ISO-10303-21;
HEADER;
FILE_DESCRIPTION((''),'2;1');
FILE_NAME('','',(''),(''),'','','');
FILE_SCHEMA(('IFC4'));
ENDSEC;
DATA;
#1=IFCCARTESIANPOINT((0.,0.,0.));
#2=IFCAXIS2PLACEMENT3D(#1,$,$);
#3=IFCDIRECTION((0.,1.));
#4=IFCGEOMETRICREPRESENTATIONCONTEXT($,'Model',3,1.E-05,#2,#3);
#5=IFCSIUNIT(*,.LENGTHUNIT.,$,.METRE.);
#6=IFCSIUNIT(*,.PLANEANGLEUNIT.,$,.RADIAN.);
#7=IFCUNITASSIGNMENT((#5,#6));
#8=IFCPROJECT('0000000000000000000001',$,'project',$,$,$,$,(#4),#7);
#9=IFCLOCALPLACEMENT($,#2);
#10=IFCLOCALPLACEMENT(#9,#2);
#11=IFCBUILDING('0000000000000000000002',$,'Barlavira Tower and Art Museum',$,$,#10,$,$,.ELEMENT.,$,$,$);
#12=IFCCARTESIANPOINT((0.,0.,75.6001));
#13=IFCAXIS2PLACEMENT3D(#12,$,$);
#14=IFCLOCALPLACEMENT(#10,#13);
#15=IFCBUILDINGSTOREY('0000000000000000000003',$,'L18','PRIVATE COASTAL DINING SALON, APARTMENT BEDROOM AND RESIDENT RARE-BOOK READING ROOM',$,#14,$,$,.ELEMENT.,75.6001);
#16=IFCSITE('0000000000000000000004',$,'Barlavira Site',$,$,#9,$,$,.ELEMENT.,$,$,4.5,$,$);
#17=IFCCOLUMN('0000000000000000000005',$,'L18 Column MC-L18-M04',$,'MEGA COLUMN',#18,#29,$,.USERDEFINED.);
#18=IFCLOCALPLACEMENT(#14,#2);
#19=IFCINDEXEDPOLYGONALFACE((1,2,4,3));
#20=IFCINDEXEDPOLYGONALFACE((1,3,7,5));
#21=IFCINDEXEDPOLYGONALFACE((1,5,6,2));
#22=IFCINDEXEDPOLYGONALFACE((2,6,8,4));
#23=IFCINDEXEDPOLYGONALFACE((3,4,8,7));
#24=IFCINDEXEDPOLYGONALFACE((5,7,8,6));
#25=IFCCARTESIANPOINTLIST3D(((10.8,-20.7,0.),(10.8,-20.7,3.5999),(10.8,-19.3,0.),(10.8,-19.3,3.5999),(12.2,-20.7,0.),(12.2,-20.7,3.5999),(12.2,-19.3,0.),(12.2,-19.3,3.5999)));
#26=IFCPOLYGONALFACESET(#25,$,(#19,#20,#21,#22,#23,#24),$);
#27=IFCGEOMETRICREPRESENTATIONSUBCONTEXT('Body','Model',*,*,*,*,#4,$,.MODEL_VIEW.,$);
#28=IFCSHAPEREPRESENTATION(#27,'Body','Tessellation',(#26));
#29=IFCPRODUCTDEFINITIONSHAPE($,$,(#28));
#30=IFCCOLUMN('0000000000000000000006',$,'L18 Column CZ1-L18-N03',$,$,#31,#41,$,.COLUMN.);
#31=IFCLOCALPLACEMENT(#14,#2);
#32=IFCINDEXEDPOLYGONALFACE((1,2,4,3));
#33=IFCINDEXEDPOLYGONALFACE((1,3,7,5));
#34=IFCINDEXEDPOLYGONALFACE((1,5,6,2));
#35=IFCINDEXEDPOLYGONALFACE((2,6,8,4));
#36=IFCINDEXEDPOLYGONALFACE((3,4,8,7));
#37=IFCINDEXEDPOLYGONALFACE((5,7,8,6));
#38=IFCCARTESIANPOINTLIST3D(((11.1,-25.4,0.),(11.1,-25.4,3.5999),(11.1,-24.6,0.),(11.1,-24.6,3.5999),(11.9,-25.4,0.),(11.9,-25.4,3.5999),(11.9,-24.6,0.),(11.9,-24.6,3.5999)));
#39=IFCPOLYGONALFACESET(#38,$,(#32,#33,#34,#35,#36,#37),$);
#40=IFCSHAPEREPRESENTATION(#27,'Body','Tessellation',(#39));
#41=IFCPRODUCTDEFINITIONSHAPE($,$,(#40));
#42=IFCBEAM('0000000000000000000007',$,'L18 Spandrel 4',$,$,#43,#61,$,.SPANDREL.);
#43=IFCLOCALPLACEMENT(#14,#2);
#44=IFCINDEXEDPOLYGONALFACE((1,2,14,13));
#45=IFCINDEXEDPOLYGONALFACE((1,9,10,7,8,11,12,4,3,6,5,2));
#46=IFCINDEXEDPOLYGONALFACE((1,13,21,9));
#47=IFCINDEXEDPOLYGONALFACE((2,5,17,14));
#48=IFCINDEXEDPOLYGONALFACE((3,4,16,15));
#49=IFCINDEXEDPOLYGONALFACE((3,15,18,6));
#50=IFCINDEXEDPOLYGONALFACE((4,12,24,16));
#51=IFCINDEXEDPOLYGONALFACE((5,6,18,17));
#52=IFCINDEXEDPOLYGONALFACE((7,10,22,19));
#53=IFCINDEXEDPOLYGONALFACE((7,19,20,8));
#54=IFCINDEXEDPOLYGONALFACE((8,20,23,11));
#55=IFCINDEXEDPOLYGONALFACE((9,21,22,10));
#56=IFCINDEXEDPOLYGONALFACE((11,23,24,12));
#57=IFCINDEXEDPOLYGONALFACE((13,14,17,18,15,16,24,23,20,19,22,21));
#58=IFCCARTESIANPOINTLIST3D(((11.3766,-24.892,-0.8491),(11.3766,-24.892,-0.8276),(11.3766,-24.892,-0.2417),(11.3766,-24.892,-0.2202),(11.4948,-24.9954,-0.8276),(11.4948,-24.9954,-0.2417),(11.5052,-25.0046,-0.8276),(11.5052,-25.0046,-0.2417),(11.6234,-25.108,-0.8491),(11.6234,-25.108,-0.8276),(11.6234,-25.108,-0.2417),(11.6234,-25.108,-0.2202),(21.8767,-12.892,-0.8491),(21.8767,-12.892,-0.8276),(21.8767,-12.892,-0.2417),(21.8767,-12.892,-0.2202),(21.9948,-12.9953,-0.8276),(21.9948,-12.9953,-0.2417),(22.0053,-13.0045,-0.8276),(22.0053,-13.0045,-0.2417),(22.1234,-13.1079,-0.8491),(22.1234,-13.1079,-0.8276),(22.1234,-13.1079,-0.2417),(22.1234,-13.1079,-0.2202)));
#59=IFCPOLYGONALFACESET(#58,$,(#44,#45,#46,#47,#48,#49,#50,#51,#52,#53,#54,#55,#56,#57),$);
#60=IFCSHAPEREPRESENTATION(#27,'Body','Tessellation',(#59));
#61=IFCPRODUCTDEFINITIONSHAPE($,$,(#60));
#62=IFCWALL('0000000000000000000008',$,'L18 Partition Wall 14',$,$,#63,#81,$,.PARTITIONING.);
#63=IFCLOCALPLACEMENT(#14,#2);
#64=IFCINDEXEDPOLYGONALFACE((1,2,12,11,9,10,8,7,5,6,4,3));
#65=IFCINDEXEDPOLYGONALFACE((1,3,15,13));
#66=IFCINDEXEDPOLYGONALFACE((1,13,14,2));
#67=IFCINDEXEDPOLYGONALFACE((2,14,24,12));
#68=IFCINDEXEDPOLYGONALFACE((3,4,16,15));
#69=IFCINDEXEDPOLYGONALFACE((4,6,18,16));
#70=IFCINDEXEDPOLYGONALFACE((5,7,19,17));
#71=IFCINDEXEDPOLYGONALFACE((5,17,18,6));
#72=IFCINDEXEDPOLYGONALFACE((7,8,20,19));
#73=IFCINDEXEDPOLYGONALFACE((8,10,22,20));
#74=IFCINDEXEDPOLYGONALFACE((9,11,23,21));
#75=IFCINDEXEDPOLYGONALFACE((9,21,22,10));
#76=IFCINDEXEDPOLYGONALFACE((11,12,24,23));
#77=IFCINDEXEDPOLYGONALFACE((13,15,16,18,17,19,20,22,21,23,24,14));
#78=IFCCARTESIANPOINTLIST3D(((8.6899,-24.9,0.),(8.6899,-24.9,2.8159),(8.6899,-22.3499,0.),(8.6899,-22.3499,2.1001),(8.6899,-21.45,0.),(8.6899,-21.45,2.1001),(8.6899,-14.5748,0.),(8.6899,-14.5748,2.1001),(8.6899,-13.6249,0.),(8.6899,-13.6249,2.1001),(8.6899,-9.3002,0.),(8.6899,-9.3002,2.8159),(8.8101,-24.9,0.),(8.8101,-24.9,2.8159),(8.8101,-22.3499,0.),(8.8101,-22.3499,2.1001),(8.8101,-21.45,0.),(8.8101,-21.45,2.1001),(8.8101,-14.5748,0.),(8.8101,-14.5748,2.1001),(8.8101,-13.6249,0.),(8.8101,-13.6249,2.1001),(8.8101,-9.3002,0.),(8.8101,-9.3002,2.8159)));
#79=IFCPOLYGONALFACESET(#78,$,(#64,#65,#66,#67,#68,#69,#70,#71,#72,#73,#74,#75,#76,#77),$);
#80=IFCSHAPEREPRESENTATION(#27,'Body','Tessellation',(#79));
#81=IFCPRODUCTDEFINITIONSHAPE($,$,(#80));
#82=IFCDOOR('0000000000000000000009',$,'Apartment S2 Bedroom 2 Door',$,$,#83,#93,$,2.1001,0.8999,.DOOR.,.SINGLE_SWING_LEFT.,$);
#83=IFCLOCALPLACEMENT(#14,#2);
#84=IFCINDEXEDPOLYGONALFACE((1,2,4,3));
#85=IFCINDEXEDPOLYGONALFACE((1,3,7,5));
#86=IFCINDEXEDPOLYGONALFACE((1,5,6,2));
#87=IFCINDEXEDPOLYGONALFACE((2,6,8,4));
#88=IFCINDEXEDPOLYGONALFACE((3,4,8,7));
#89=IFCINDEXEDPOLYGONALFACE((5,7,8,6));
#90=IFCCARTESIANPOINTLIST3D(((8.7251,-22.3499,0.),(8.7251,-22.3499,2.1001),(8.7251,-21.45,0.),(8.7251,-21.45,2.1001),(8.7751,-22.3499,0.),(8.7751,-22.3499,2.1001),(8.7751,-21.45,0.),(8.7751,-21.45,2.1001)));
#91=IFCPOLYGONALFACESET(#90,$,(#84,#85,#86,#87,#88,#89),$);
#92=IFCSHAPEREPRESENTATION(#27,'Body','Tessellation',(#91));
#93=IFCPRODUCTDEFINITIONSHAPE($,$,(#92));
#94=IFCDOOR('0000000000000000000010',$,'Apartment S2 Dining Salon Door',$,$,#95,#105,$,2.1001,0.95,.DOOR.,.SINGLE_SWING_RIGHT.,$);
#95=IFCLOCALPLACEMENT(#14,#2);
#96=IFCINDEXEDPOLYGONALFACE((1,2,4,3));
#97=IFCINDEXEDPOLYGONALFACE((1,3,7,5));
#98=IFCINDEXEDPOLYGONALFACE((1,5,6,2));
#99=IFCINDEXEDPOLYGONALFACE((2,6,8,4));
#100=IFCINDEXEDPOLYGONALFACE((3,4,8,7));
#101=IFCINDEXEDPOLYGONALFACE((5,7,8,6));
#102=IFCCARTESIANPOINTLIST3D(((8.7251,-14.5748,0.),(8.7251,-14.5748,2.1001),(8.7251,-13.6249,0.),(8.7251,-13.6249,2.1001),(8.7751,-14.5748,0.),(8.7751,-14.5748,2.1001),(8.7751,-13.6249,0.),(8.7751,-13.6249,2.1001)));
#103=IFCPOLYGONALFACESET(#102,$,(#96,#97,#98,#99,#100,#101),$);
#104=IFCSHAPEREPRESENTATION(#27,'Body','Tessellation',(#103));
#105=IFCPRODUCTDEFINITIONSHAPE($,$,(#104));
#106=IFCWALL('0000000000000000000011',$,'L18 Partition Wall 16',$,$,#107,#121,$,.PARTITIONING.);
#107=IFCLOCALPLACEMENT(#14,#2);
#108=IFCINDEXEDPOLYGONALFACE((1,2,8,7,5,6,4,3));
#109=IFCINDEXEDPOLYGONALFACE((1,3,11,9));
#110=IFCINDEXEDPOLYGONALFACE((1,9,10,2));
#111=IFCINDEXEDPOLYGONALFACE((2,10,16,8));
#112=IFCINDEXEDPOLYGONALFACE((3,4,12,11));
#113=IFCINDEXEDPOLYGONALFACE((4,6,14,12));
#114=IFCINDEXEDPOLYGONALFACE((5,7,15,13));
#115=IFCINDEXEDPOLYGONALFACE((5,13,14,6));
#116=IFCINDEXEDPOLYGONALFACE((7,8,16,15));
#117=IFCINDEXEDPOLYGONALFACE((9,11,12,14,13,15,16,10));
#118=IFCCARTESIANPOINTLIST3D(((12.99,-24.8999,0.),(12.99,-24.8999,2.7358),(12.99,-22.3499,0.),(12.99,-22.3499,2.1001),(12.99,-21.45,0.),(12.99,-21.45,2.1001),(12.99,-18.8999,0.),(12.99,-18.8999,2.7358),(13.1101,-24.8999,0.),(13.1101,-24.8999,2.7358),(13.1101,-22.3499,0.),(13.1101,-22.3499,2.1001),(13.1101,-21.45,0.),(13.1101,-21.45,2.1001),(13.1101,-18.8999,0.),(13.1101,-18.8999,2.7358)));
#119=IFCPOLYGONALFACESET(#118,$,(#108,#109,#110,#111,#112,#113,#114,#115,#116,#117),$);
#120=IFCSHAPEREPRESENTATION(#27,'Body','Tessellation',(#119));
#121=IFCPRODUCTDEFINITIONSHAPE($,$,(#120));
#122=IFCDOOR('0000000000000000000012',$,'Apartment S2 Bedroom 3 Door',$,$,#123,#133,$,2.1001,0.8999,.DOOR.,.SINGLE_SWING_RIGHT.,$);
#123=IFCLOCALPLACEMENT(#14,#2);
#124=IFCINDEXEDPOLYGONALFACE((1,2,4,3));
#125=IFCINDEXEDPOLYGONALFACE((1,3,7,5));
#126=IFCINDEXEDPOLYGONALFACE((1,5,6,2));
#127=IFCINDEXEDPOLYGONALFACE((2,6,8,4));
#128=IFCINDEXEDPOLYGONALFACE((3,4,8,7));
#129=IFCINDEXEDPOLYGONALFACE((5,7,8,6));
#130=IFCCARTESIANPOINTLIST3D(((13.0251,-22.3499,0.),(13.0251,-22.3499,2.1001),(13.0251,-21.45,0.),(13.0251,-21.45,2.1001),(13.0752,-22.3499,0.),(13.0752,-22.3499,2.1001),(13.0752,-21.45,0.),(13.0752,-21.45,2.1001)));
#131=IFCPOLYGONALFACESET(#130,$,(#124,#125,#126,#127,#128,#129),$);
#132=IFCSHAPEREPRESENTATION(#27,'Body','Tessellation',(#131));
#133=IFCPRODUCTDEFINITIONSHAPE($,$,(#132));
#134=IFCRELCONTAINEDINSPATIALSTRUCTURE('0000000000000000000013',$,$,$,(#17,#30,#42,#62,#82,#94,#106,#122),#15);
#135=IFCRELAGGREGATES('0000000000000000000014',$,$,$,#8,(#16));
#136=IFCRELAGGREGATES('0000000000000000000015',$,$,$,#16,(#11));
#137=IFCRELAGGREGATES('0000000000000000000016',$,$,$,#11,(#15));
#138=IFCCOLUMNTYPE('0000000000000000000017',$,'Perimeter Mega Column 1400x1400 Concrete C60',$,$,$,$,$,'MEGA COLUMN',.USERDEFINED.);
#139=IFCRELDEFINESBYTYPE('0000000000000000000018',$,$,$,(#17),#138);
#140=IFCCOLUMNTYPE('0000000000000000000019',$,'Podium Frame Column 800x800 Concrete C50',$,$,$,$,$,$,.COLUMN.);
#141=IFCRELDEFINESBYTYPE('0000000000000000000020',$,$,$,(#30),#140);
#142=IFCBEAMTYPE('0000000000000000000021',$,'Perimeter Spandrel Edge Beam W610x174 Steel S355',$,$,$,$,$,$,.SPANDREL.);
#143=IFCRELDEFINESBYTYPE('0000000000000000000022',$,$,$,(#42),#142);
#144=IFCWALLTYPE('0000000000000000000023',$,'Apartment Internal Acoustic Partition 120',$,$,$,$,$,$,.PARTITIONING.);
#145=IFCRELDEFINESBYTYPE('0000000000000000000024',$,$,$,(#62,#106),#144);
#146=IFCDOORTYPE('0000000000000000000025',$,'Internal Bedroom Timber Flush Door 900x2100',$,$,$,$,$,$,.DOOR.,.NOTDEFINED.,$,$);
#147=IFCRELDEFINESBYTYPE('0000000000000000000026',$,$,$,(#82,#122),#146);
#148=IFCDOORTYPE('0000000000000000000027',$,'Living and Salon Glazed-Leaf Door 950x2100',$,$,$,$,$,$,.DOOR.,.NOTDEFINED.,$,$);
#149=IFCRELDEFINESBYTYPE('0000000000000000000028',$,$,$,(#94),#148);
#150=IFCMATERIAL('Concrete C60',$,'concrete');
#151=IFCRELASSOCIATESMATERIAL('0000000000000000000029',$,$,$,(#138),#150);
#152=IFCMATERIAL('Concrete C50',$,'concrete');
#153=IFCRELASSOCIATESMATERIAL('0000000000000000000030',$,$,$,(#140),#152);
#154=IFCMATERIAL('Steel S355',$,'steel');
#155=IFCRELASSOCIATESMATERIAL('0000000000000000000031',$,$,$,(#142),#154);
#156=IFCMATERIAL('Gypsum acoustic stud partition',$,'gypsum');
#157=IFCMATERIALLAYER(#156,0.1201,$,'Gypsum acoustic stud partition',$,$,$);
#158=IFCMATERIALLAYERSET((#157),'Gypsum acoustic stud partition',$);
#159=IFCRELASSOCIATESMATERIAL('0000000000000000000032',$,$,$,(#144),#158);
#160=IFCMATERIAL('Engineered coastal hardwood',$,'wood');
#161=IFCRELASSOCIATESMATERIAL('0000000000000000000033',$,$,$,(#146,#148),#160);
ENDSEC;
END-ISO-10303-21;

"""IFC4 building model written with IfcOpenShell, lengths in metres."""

from ifc_helpers import new_model, si_unit, direction, frame, frame_2d, origin, origin_2d, place, context, subcontext, project, spatial, rectangle, i_section, extrude, material, layer, layer_set, material_profile, profile_set, type_object, element, fill, save


model = new_model("IFC4")

# Units and contexts
model_context = context("Model", 3, precision=1e-05, world=origin(), true_north=direction((0.0, 1.0)))
body_context = subcontext(model_context, "Body", "Model", "MODEL_VIEW")
ifc_project = project(units=[si_unit("LENGTHUNIT", "METRE"), si_unit("PLANEANGLEUNIT", "RADIAN")], contexts=[model_context])

# Site, building, storey
site_placement = place(None, origin())
site = spatial("IfcSite", under=ifc_project, at=site_placement, Name="Barlavira Site", CompositionType="ELEMENT", RefElevation=4.5)
building_placement = place(site_placement, origin())
building = spatial("IfcBuilding", under=site, at=building_placement, Name="Barlavira Tower and Art Museum", CompositionType="ELEMENT")
storey_placement = place(building_placement, frame((0.0, 0.0, 75.6001)))
storey = spatial("IfcBuildingStorey", under=building, at=storey_placement, Name="L18", Description="PRIVATE COASTAL DINING SALON, APARTMENT BEDROOM AND RESIDENT RARE-BOOK READING ROOM", CompositionType="ELEMENT", Elevation=75.6001)

# Columns
ifc_material_1 = material(Name="Concrete C60", Category="concrete")
ifc_material_profile_1 = material_profile(ifc_material_1, rectangle(XDim=1.3999, YDim=1.3999, at=origin_2d()), Name="RC-MCOL 1400x1400")
ifc_profile_set_1 = profile_set([ifc_material_profile_1], Name="Concrete C60")
column_type_1 = type_object("IfcColumnType", Name="Perimeter Mega Column 1400x1400 Concrete C60", ElementType="MEGA COLUMN", PredefinedType="USERDEFINED", material=ifc_profile_set_1)
column_1_placement = place(storey_placement, frame((11.5, -20.0, 0.0), z_axis=(0.0, 0.0, 1.0), x_axis=(1.0, 0.0, 0.0)))
element("IfcColumn", 1, at=column_1_placement, inside=storey, type_object=column_type_1, Name="L18 Column MC-L18-M04", ObjectType="MEGA COLUMN", PredefinedType="USERDEFINED", context=body_context, shape_type="SweptSolid", body=[
    extrude(rectangle(XDim=1.3999, YDim=1.3999, at=origin_2d()), origin(), (0.0, 0.0, 1.0), 3.5999),
])
ifc_material_2 = material(Name="Concrete C50", Category="concrete")
ifc_material_profile_2 = material_profile(ifc_material_2, rectangle(XDim=0.8, YDim=0.8, at=origin_2d()), Name="RC-COL 800x800")
ifc_profile_set_2 = profile_set([ifc_material_profile_2], Name="Concrete C50")
column_type_2 = type_object("IfcColumnType", Name="Podium Frame Column 800x800 Concrete C50", PredefinedType="COLUMN", material=ifc_profile_set_2)
column_2_placement = place(storey_placement, frame((11.5, -25.0, 0.0), z_axis=(0.0, 0.0, 1.0), x_axis=(1.0, 0.0, 0.0)))
element("IfcColumn", 2, at=column_2_placement, inside=storey, type_object=column_type_2, Name="L18 Column CZ1-L18-N03", PredefinedType="COLUMN", context=body_context, shape_type="SweptSolid", body=[
    extrude(rectangle(XDim=0.8, YDim=0.8, at=origin_2d()), origin(), (0.0, 0.0, 1.0), 3.5999),
])

# Beam
ifc_material_3 = material(Name="Steel S355", Category="steel")
ifc_material_profile_3 = material_profile(ifc_material_3, i_section(OverallWidth=0.3279, OverallDepth=0.6289, WebThickness=0.0139, FlangeThickness=0.0215, at=origin_2d()), Name="W610x174.0")
ifc_profile_set_3 = profile_set([ifc_material_profile_3], Name="Steel S355")
beam_type = type_object("IfcBeamType", Name="Perimeter Spandrel Edge Beam W610x174 Steel S355", PredefinedType="SPANDREL", material=ifc_profile_set_3)
beam_placement = place(storey_placement, frame((11.5, -25.0, -0.5347), z_axis=(0.658505, 0.752577, 0.0), x_axis=(-0.752577, 0.658505, 0.0)))
element("IfcBeam", 3, at=beam_placement, inside=storey, type_object=beam_type, Name="L18 Spandrel 4", PredefinedType="SPANDREL", context=body_context, shape_type="SweptSolid", body=[
    extrude(i_section(OverallWidth=0.3279, OverallDepth=0.6289, WebThickness=0.0139, FlangeThickness=0.0215, at=origin_2d()), origin(), (0.0, 0.0, 1.0), 15.9453),
])

# Wall, openings, doors
ifc_material_4 = material(Name="Gypsum acoustic stud partition", Category="gypsum")
ifc_layer_1 = layer(ifc_material_4, 0.1201, Name="Gypsum acoustic stud partition")
ifc_layer_set_1 = layer_set([ifc_layer_1], Name="Gypsum acoustic stud partition")
wall_type_1 = type_object("IfcWallType", Name="Apartment Internal Acoustic Partition 120", PredefinedType="PARTITIONING", material=ifc_layer_set_1)
wall_1_placement = place(storey_placement, frame((8.75, -24.8999, 0.0), z_axis=(0.0, 0.0, 1.0), x_axis=(0.0, 1.0, 0.0)))
wall_1 = element("IfcWall", 4, at=wall_1_placement, inside=storey, type_object=wall_type_1, Name="L18 Partition Wall 14", PredefinedType="PARTITIONING", context=body_context, shape_type="SweptSolid", body=[
    extrude(rectangle(XDim=15.5999, YDim=0.1201, at=frame_2d((7.7998, 0.0))), origin(), (0.0, 0.0, 1.0), 2.8159),
])
opening_1_placement = place(wall_1_placement, frame((10.325, 0.0, 0.0)))
opening_1 = element("IfcOpeningElement", 5, at=opening_1_placement, cuts=wall_1, PredefinedType="OPENING", context=body_context, shape_type="SweptSolid", body=[
    extrude(rectangle(XDim=0.95, YDim=2.1001, at=frame_2d((0.4751, 1.05))), frame((0.0, 0.0701, 0.0), z_axis=(0.0, -1.0, 0.0), x_axis=(1.0, 0.0, 0.0)), (0.0, 0.0, 1.0), 0.1401),
])
opening_2_placement = place(wall_1_placement, frame((2.55, 0.0, 0.0)))
opening_2 = element("IfcOpeningElement", 6, at=opening_2_placement, cuts=wall_1, PredefinedType="OPENING", context=body_context, shape_type="SweptSolid", body=[
    extrude(rectangle(XDim=0.8999, YDim=2.1001, at=frame_2d((0.45, 1.05))), frame((0.0, 0.0701, 0.0), z_axis=(0.0, -1.0, 0.0), x_axis=(1.0, 0.0, 0.0)), (0.0, 0.0, 1.0), 0.1401),
])
ifc_material_5 = material(Name="Engineered coastal hardwood", Category="wood")
door_type_1 = type_object("IfcDoorType", Name="Internal Bedroom Timber Flush Door 900x2100", OperationType="NOTDEFINED", PredefinedType="DOOR", material=ifc_material_5)
door_1_placement = place(opening_2_placement, origin())
door_1 = element("IfcDoor", 7, at=door_1_placement, inside=storey, type_object=door_type_1, Name="Apartment S2 Bedroom 2 Door", OperationType="SINGLE_SWING_LEFT", OverallHeight=2.1001, OverallWidth=0.8999, PredefinedType="DOOR", context=body_context, shape_type="SweptSolid", body=[
    extrude(rectangle(XDim=0.8999, YDim=2.1001, at=frame_2d((0.45, 1.05))), frame((0.0, 0.0249, 0.0), z_axis=(0.0, -1.0, 0.0), x_axis=(1.0, 0.0, 0.0)), (0.0, 0.0, 1.0), 0.05),
])
fill(opening_2, door_1)
door_type_2 = type_object("IfcDoorType", Name="Living and Salon Glazed-Leaf Door 950x2100", OperationType="NOTDEFINED", PredefinedType="DOOR", material=ifc_material_5)
door_2_placement = place(opening_1_placement, origin())
door_2 = element("IfcDoor", 8, at=door_2_placement, inside=storey, type_object=door_type_2, Name="Apartment S2 Dining Salon Door", OperationType="SINGLE_SWING_RIGHT", OverallHeight=2.1001, OverallWidth=0.95, PredefinedType="DOOR", context=body_context, shape_type="SweptSolid", body=[
    extrude(rectangle(XDim=0.95, YDim=2.1001, at=frame_2d((0.4751, 1.05))), frame((0.0, 0.0249, 0.0), z_axis=(0.0, -1.0, 0.0), x_axis=(1.0, 0.0, 0.0)), (0.0, 0.0, 1.0), 0.05),
])
fill(opening_1, door_2)

# Wall, opening, door
wall_2_placement = place(storey_placement, frame((13.05, -24.8999, 0.0), z_axis=(0.0, 0.0, 1.0), x_axis=(0.0, 1.0, 0.0)))
wall_2 = element("IfcWall", 9, at=wall_2_placement, inside=storey, type_object=wall_type_1, Name="L18 Partition Wall 16", PredefinedType="PARTITIONING", context=body_context, shape_type="SweptSolid", body=[
    extrude(rectangle(XDim=6.0, YDim=0.1201, at=frame_2d((3.0, 0.0))), origin(), (0.0, 0.0, 1.0), 2.7358),
])
opening_3_placement = place(wall_2_placement, frame((2.55, 0.0, 0.0)))
opening_3 = element("IfcOpeningElement", 10, at=opening_3_placement, cuts=wall_2, PredefinedType="OPENING", context=body_context, shape_type="SweptSolid", body=[
    extrude(rectangle(XDim=0.8999, YDim=2.1001, at=frame_2d((0.45, 1.05))), frame((0.0, 0.0701, 0.0), z_axis=(0.0, -1.0, 0.0), x_axis=(1.0, 0.0, 0.0)), (0.0, 0.0, 1.0), 0.1401),
])
door_3_placement = place(opening_3_placement, origin())
door_3 = element("IfcDoor", 11, at=door_3_placement, inside=storey, type_object=door_type_1, Name="Apartment S2 Bedroom 3 Door", OperationType="SINGLE_SWING_RIGHT", OverallHeight=2.1001, OverallWidth=0.8999, PredefinedType="DOOR", context=body_context, shape_type="SweptSolid", body=[
    extrude(rectangle(XDim=0.8999, YDim=2.1001, at=frame_2d((0.45, 1.05))), frame((0.0, 0.0249, 0.0), z_axis=(0.0, -1.0, 0.0), x_axis=(1.0, 0.0, 0.0)), (0.0, 0.0, 1.0), 0.05),
])
fill(opening_3, door_3)

save(model, "model.ifc")
